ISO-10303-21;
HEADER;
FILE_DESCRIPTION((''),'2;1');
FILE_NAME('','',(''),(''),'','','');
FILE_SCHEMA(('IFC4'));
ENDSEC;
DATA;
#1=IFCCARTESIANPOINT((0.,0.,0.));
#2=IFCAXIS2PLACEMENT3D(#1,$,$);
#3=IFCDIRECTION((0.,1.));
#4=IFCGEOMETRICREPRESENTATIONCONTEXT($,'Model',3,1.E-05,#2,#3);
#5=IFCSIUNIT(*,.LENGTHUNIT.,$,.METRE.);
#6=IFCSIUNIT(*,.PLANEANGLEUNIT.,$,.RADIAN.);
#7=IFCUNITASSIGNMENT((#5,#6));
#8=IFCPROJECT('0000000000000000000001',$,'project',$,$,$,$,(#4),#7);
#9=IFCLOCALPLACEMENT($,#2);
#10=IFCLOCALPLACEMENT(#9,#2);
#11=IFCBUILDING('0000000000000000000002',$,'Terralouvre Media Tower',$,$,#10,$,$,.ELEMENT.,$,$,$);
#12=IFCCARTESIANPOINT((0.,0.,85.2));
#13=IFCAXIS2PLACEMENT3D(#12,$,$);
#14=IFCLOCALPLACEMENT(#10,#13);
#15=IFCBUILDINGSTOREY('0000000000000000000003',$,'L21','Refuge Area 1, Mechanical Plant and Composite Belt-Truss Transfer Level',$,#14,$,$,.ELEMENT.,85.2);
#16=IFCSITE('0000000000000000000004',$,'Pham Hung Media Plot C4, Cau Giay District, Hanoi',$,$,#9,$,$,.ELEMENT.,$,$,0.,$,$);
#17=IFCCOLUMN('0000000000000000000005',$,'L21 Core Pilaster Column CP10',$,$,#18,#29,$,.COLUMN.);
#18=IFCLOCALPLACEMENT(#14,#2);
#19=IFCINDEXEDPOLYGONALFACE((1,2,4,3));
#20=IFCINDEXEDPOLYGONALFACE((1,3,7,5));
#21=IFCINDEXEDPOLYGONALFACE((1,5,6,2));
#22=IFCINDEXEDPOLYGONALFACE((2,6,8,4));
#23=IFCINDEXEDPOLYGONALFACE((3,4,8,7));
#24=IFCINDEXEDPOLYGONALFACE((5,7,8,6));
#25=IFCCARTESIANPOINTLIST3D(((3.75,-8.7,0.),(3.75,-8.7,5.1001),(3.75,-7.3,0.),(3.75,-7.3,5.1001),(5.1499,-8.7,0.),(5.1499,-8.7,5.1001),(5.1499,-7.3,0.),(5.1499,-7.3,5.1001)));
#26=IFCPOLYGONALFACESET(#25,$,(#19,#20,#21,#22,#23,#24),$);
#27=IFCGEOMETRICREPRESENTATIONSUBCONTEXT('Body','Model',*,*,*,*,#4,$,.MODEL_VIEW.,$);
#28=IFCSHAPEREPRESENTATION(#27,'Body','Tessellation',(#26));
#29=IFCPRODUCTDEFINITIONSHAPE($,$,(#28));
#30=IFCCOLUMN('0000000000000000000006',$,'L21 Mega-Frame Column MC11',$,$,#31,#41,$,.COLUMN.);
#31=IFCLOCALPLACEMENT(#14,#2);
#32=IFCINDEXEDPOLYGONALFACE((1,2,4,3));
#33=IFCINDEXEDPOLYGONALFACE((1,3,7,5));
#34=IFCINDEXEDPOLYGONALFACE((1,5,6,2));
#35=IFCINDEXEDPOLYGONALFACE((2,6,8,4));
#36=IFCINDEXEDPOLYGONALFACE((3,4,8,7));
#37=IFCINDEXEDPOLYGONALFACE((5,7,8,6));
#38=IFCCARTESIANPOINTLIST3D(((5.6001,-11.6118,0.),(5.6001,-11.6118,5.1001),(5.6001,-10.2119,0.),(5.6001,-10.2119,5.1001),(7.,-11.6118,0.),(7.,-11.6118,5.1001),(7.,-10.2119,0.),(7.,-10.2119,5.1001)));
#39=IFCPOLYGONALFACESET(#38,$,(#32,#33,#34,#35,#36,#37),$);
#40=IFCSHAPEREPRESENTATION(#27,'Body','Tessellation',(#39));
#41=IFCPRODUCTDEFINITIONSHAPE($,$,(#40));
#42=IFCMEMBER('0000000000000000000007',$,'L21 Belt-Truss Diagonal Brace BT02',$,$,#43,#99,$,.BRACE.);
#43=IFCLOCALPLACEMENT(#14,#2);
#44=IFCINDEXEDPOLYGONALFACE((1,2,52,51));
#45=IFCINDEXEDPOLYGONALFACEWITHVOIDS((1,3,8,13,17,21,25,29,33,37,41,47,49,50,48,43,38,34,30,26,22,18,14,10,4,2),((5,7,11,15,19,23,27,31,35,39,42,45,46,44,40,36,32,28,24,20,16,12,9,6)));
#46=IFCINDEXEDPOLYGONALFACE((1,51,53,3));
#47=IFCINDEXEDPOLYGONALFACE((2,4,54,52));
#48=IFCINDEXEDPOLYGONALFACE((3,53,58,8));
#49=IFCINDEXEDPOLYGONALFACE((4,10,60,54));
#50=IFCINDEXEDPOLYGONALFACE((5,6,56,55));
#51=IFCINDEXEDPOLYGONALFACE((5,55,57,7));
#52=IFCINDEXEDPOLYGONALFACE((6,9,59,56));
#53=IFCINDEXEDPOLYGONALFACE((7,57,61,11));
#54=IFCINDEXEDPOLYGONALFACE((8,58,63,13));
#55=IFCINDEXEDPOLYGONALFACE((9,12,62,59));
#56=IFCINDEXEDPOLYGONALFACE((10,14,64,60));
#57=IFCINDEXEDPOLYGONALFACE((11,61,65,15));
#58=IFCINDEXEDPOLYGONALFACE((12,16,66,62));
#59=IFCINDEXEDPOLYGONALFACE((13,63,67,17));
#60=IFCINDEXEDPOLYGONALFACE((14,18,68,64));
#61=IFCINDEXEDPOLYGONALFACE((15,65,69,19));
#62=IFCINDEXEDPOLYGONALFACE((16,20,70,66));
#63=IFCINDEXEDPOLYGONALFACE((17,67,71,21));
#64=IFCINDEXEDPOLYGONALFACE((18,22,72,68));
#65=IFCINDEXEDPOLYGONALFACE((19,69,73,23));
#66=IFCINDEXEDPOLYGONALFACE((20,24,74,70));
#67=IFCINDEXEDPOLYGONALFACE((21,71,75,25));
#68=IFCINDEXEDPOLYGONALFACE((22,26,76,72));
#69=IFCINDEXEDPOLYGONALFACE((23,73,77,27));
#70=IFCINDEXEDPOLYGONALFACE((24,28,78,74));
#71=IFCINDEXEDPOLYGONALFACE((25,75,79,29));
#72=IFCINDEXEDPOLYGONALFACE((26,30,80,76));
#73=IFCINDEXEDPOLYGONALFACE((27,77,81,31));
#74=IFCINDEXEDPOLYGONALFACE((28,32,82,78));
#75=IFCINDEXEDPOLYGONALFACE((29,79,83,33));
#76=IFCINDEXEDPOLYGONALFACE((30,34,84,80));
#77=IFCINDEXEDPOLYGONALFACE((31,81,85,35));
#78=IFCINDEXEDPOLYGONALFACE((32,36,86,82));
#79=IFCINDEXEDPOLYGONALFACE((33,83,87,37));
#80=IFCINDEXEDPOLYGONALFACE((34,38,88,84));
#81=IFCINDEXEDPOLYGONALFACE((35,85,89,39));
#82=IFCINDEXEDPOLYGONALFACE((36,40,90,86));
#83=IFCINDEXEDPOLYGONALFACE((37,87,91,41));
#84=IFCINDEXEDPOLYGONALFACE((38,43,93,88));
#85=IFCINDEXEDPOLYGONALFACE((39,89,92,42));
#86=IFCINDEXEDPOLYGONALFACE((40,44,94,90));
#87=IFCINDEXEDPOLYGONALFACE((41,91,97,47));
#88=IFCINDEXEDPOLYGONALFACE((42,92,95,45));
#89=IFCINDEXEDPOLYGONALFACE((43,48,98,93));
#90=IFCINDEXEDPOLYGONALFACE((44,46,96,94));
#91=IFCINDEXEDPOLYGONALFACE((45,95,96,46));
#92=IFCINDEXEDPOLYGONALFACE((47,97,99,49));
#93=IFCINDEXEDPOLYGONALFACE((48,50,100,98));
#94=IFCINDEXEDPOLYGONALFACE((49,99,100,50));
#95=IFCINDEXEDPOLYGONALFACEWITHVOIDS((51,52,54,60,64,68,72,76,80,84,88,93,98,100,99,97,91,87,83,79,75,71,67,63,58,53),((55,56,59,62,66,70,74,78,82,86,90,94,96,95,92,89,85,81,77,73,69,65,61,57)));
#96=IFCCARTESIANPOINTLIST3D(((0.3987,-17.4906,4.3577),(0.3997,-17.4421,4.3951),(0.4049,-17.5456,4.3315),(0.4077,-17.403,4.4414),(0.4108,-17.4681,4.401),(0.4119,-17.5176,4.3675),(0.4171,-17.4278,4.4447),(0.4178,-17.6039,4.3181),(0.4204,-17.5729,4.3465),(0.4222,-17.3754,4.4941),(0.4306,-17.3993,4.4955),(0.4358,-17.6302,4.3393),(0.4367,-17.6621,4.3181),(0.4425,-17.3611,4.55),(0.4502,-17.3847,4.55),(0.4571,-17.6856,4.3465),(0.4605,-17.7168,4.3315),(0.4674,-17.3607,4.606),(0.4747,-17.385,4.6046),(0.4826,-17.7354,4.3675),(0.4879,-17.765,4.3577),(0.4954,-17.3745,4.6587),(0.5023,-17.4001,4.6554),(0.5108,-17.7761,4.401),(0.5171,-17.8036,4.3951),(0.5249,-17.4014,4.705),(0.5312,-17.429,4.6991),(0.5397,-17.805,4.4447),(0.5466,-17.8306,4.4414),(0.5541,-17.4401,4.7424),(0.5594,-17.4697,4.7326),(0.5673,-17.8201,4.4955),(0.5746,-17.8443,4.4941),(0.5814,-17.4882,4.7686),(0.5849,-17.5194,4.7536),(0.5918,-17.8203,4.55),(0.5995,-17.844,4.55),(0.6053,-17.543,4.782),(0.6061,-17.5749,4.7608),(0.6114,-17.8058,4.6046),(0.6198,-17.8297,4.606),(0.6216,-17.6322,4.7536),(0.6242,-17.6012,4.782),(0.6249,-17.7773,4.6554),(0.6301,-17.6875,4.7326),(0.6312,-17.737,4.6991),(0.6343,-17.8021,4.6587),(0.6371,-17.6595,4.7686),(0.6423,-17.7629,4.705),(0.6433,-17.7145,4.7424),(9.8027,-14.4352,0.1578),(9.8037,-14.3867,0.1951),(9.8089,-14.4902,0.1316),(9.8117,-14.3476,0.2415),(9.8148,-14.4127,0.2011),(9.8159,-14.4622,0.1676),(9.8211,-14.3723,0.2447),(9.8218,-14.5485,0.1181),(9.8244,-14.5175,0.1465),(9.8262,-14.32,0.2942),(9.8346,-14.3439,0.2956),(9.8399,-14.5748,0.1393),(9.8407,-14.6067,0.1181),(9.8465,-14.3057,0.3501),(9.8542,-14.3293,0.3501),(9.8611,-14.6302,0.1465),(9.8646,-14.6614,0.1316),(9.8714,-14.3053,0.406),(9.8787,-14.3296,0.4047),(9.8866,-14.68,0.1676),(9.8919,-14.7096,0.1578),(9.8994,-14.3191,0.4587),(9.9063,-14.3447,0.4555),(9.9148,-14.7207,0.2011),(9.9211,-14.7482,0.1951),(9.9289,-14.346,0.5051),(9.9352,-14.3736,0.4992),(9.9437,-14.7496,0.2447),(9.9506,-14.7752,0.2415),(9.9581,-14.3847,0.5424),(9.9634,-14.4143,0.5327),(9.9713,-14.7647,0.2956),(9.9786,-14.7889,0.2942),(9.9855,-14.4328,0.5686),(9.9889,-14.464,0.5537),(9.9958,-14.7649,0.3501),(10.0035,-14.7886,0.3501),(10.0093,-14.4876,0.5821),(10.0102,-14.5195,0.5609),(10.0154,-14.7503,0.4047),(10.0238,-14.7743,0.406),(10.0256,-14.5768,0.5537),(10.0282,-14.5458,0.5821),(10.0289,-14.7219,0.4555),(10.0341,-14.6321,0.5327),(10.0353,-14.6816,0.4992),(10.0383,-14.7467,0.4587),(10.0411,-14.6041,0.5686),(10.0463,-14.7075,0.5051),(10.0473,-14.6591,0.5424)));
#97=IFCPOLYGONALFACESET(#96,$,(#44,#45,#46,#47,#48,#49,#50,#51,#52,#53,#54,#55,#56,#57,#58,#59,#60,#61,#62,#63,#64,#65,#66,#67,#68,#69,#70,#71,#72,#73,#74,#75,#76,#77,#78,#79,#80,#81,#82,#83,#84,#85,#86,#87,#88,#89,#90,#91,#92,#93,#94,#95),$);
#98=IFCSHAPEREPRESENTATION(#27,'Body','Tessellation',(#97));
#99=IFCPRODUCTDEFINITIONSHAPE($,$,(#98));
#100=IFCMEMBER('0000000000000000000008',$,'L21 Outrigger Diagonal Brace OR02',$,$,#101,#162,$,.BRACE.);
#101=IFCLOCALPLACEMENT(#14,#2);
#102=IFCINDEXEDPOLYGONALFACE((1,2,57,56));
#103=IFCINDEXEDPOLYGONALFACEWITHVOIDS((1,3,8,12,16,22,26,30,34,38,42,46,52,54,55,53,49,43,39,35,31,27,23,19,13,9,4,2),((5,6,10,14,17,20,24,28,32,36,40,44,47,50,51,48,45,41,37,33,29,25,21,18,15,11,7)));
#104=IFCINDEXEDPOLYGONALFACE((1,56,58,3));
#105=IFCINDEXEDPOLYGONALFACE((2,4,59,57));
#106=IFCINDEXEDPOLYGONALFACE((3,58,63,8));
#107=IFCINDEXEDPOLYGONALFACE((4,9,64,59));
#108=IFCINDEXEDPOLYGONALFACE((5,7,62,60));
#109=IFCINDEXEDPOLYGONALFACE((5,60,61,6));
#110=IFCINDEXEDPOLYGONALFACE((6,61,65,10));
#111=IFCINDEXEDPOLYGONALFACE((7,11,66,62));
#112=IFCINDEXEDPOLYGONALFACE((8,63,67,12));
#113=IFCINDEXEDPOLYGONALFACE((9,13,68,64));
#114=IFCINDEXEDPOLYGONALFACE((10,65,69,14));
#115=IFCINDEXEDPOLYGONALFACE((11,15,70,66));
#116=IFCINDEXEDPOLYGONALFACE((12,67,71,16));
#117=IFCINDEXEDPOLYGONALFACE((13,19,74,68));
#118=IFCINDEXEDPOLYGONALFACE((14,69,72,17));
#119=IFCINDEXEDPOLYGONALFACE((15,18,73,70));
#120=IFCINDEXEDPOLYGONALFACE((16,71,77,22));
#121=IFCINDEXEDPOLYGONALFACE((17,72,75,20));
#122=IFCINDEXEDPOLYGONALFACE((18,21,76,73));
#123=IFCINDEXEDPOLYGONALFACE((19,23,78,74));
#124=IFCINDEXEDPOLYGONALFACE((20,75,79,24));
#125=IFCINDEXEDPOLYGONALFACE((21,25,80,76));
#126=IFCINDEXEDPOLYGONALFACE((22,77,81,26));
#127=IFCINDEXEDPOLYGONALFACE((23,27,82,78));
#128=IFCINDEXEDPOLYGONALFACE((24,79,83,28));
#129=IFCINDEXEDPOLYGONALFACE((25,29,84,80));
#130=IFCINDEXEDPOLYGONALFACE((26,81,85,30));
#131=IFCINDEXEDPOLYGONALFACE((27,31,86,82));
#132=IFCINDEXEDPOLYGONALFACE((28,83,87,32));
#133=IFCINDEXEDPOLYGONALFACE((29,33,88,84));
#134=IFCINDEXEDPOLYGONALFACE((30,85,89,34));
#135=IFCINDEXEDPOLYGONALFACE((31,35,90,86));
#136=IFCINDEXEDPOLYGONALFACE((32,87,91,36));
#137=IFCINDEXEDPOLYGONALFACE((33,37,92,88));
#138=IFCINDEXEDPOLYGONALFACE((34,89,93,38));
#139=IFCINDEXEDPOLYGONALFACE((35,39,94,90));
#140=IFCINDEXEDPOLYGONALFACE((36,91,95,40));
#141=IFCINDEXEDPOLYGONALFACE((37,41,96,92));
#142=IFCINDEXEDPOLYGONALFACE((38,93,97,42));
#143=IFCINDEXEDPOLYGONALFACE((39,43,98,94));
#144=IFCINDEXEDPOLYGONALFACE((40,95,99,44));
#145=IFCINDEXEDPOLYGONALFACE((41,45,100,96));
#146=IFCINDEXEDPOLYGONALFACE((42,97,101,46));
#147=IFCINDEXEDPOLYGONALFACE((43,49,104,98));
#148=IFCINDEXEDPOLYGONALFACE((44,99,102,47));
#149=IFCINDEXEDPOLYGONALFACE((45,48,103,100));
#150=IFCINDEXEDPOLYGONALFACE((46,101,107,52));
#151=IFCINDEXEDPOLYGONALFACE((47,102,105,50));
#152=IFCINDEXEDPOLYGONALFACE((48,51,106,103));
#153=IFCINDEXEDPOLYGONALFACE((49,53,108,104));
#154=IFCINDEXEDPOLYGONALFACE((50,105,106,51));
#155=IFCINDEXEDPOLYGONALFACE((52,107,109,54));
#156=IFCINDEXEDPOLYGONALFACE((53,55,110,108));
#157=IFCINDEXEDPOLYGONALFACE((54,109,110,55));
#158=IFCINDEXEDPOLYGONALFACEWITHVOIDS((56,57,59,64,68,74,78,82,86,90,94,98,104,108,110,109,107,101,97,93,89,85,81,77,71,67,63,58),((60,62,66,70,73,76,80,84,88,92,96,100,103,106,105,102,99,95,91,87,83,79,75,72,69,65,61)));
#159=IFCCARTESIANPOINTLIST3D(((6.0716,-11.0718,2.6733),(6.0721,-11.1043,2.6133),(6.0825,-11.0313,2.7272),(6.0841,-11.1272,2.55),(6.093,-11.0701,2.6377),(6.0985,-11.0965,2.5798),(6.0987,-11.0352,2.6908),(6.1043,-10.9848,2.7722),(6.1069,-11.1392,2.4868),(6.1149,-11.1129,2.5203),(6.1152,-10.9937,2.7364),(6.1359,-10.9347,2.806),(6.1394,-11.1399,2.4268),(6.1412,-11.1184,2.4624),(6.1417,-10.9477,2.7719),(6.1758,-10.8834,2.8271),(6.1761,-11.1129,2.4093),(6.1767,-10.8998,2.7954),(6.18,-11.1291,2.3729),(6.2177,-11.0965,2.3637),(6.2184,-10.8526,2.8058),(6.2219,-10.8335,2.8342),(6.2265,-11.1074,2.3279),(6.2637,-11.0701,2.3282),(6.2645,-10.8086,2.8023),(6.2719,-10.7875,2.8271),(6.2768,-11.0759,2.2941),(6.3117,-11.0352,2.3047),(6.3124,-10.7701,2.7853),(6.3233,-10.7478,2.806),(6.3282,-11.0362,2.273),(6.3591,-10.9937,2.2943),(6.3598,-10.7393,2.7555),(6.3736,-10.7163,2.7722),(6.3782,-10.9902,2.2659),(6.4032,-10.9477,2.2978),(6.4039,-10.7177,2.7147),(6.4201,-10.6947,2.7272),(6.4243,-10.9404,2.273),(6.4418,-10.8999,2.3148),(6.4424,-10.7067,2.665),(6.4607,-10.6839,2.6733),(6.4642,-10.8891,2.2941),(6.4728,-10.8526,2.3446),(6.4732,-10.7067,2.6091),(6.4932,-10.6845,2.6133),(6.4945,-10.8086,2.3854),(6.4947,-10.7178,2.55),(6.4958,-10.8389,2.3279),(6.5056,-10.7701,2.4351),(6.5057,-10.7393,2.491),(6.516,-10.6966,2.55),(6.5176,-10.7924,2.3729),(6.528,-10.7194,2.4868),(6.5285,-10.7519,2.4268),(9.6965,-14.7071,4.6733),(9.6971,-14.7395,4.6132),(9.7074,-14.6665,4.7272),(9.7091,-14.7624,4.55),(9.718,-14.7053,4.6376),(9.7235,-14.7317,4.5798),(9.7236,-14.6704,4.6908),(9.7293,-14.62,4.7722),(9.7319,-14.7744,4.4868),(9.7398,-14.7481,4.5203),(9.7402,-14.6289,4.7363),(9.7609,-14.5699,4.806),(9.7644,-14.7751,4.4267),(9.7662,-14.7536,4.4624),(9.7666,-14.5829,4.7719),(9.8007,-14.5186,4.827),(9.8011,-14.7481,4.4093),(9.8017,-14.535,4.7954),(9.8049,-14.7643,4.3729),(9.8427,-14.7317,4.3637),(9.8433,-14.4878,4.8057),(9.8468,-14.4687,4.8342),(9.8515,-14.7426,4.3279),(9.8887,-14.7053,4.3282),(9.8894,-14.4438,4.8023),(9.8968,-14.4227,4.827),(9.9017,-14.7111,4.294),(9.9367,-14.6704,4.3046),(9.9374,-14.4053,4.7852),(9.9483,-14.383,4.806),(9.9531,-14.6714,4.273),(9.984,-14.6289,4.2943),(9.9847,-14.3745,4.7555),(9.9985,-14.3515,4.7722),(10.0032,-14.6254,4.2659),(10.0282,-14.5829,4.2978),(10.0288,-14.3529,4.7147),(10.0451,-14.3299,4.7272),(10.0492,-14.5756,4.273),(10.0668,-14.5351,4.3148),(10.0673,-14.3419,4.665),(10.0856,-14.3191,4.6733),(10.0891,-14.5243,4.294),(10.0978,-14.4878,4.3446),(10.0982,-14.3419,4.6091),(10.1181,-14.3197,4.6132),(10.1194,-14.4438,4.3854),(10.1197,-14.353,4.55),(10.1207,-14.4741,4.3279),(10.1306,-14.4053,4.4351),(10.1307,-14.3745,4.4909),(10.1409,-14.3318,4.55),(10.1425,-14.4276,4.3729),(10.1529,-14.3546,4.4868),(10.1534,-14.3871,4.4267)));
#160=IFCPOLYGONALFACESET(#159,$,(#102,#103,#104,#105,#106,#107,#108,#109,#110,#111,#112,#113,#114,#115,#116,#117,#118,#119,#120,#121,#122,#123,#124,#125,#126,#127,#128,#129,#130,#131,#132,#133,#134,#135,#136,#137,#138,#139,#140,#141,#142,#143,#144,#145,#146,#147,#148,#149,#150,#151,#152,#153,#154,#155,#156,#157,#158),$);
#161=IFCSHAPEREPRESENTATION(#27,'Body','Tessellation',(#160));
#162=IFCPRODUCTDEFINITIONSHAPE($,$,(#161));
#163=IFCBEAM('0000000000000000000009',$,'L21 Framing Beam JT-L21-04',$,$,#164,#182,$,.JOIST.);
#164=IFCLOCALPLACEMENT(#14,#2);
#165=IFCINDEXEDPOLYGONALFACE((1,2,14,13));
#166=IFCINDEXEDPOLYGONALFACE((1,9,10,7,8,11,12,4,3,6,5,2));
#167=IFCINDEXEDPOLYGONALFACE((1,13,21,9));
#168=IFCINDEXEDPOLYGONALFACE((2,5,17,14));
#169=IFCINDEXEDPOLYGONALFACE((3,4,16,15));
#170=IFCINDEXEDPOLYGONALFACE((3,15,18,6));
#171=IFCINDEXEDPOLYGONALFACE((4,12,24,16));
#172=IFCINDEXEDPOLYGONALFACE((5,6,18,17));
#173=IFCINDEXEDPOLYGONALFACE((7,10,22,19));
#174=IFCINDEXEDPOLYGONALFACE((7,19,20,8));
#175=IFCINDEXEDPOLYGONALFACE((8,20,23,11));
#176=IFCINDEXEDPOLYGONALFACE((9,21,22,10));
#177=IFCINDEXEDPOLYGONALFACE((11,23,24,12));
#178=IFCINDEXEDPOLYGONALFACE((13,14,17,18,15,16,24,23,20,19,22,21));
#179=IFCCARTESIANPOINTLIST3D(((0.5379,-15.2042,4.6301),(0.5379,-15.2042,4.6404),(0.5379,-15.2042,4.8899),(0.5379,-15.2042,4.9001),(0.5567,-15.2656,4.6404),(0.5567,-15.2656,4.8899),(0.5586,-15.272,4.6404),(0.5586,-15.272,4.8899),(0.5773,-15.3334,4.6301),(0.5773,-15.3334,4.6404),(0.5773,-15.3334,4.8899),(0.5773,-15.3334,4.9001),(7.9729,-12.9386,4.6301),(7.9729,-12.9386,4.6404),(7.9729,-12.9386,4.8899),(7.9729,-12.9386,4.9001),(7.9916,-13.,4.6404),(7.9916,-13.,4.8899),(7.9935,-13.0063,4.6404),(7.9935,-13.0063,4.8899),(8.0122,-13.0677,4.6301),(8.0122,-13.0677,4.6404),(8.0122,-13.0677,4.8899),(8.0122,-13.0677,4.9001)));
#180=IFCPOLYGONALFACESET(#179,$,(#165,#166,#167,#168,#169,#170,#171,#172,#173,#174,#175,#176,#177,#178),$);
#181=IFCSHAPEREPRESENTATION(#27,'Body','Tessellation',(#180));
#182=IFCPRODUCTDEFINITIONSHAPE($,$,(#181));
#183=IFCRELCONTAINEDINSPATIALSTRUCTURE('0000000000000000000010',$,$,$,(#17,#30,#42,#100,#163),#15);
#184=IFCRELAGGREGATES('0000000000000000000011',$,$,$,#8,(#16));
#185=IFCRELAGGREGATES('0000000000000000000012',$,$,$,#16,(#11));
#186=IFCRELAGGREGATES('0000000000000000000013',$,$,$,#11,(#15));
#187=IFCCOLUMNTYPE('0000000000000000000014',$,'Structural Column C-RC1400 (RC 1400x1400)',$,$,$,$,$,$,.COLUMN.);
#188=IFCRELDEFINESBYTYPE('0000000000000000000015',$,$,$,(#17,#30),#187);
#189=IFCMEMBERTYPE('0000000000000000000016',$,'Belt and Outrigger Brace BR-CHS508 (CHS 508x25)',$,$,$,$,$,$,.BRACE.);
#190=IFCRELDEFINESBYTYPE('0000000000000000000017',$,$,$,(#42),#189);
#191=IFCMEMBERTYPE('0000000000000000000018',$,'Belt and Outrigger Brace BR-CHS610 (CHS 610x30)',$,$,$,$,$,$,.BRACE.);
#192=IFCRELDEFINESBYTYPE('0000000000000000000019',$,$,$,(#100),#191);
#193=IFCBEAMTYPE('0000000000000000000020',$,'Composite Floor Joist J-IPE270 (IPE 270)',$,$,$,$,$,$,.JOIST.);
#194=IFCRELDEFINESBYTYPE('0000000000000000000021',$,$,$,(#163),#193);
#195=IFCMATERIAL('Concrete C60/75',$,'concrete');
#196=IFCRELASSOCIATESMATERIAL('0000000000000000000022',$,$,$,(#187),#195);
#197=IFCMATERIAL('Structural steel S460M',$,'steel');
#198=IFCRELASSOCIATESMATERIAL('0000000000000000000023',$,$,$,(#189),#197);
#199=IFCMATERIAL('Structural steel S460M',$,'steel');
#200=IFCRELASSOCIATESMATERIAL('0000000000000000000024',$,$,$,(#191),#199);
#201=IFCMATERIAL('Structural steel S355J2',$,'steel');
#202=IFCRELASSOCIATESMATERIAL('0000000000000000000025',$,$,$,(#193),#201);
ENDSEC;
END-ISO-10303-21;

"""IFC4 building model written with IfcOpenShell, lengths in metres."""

from ifc_helpers import new_model, si_unit, direction, frame, origin, origin_2d, place, context, subcontext, project, spatial, rectangle, hollow_circle, i_section, extrude, material, material_profile, profile_set, type_object, element, save


model = new_model("IFC4")

# Units and contexts
model_context = context("Model", 3, precision=1e-05, world=origin(), true_north=direction((0.0, 1.0)))
body_context = subcontext(model_context, "Body", "Model", "MODEL_VIEW")
ifc_project = project(units=[si_unit("LENGTHUNIT", "METRE"), si_unit("PLANEANGLEUNIT", "RADIAN")], contexts=[model_context])

# Site, building, storey
site_placement = place(None, origin())
site = spatial("IfcSite", under=ifc_project, at=site_placement, Name="Pham Hung Media Plot C4, Cau Giay District, Hanoi", CompositionType="ELEMENT", RefElevation=0.0)
building_placement = place(site_placement, origin())
building = spatial("IfcBuilding", under=site, at=building_placement, Name="Terralouvre Media Tower", CompositionType="ELEMENT")
storey_placement = place(building_placement, frame((0.0, 0.0, 85.2)))
storey = spatial("IfcBuildingStorey", under=building, at=storey_placement, Name="L21", Description="Refuge Area 1, Mechanical Plant and Composite Belt-Truss Transfer Level", CompositionType="ELEMENT", Elevation=85.2)

# Columns
ifc_material_1 = material(Name="Concrete C60/75", Category="concrete")
ifc_material_profile_1 = material_profile(ifc_material_1, rectangle(XDim=1.3999, YDim=1.3999, at=origin_2d()), Name="RC 1400x1400")
ifc_profile_set_1 = profile_set([ifc_material_profile_1], Name="Concrete C60/75")
column_type = type_object("IfcColumnType", Name="Structural Column C-RC1400 (RC 1400x1400)", PredefinedType="COLUMN", material=ifc_profile_set_1)
for number, where, z_axis, x_axis, name in (
    (1, (4.45, -8.0, 0.0), (0.0, 0.0, 1.0), (1.0, 0.0, 0.0), "L21 Core Pilaster Column CP10"),
    (2, (6.3, -10.9119, 0.0), (0.0, 0.0, 1.0), (1.0, 0.0, 0.0), "L21 Mega-Frame Column MC11"),
):
    element("IfcColumn", number, at=place(storey_placement, frame(where, z_axis=z_axis, x_axis=x_axis)), inside=storey, type_object=column_type, Name=name, PredefinedType="COLUMN", context=body_context, shape_type="SweptSolid", body=[
        extrude(rectangle(XDim=1.3999, YDim=1.3999, at=origin_2d()), origin(), (0.0, 0.0, 1.0), 5.1001),
    ])

# Members
ifc_material_2 = material(Name="Structural steel S460M", Category="steel")
ifc_material_profile_2 = material_profile(ifc_material_2, hollow_circle(Radius=0.2539, WallThickness=0.0249, at=origin_2d()), Name="CHS 508x25")
ifc_profile_set_2 = profile_set([ifc_material_profile_2], Name="Structural steel S460M")
member_type_1 = type_object("IfcMemberType", Name="Belt and Outrigger Brace BR-CHS508 (CHS 508x25)", PredefinedType="BRACE", material=ifc_profile_set_2)
member_1_placement = place(storey_placement, frame((0.521, -17.6025, 4.55), z_axis=(0.875368, 0.284411, -0.390949), x_axis=(-0.309004, 0.951061, 0.0)))
element("IfcMember", 3, at=member_1_placement, inside=storey, type_object=member_type_1, Name="L21 Belt-Truss Diagonal Brace BT02", PredefinedType="BRACE", context=body_context, shape_type="SweptSolid", body=[
    extrude(hollow_circle(Radius=0.2539, WallThickness=0.0249, at=origin_2d()), origin(), (0.0, 0.0, 1.0), 10.7429),
])
ifc_material_3 = material(Name="Structural steel S460M", Category="steel")
ifc_material_profile_3 = material_profile(ifc_material_3, hollow_circle(Radius=0.3049, WallThickness=0.03, at=origin_2d()), Name="CHS 610x30")
ifc_profile_set_3 = profile_set([ifc_material_profile_3], Name="Structural steel S460M")
member_type_2 = type_object("IfcMemberType", Name="Belt and Outrigger Brace BR-CHS610 (CHS 610x30)", PredefinedType="BRACE", material=ifc_profile_set_3)
member_2_placement = place(storey_placement, frame((6.3, -10.9119, 2.55), z_axis=(0.657942, -0.659804, 0.363003), x_axis=(0.708105, 0.706107, 0.0)))
element("IfcMember", 4, at=member_2_placement, inside=storey, type_object=member_type_2, Name="L21 Outrigger Diagonal Brace OR02", PredefinedType="BRACE", context=body_context, shape_type="SweptSolid", body=[
    extrude(hollow_circle(Radius=0.3049, WallThickness=0.03, at=origin_2d()), origin(), (0.0, 0.0, 1.0), 5.5095),
])

# Beam
ifc_material_4 = material(Name="Structural steel S355J2", Category="steel")
ifc_material_profile_4 = material_profile(ifc_material_4, i_section(OverallWidth=0.135, OverallDepth=0.27, WebThickness=0.0066, FlangeThickness=0.0103, at=origin_2d()), Name="IPE 270")
ifc_profile_set_4 = profile_set([ifc_material_profile_4], Name="Structural steel S355J2")
beam_type_1 = type_object("IfcBeamType", Name="Composite Floor Joist J-IPE270 (IPE 270)", PredefinedType="JOIST", material=ifc_profile_set_4)
beam_1_placement = place(storey_placement, frame((0.5576, -15.2688, 4.7651), z_axis=(0.956571, 0.291498, 0.0), x_axis=(-0.291498, 0.956571, 0.0)))
element("IfcBeam", 5, at=beam_1_placement, inside=storey, type_object=beam_type_1, Name="L21 Framing Beam JT-L21-04", PredefinedType="JOIST", context=body_context, shape_type="SweptSolid", body=[
    extrude(i_section(OverallWidth=0.135, OverallDepth=0.27, WebThickness=0.0066, FlangeThickness=0.0103, at=origin_2d()), origin(), (0.0, 0.0, 1.0), 7.7725),
])

save(model, "model.ifc")
